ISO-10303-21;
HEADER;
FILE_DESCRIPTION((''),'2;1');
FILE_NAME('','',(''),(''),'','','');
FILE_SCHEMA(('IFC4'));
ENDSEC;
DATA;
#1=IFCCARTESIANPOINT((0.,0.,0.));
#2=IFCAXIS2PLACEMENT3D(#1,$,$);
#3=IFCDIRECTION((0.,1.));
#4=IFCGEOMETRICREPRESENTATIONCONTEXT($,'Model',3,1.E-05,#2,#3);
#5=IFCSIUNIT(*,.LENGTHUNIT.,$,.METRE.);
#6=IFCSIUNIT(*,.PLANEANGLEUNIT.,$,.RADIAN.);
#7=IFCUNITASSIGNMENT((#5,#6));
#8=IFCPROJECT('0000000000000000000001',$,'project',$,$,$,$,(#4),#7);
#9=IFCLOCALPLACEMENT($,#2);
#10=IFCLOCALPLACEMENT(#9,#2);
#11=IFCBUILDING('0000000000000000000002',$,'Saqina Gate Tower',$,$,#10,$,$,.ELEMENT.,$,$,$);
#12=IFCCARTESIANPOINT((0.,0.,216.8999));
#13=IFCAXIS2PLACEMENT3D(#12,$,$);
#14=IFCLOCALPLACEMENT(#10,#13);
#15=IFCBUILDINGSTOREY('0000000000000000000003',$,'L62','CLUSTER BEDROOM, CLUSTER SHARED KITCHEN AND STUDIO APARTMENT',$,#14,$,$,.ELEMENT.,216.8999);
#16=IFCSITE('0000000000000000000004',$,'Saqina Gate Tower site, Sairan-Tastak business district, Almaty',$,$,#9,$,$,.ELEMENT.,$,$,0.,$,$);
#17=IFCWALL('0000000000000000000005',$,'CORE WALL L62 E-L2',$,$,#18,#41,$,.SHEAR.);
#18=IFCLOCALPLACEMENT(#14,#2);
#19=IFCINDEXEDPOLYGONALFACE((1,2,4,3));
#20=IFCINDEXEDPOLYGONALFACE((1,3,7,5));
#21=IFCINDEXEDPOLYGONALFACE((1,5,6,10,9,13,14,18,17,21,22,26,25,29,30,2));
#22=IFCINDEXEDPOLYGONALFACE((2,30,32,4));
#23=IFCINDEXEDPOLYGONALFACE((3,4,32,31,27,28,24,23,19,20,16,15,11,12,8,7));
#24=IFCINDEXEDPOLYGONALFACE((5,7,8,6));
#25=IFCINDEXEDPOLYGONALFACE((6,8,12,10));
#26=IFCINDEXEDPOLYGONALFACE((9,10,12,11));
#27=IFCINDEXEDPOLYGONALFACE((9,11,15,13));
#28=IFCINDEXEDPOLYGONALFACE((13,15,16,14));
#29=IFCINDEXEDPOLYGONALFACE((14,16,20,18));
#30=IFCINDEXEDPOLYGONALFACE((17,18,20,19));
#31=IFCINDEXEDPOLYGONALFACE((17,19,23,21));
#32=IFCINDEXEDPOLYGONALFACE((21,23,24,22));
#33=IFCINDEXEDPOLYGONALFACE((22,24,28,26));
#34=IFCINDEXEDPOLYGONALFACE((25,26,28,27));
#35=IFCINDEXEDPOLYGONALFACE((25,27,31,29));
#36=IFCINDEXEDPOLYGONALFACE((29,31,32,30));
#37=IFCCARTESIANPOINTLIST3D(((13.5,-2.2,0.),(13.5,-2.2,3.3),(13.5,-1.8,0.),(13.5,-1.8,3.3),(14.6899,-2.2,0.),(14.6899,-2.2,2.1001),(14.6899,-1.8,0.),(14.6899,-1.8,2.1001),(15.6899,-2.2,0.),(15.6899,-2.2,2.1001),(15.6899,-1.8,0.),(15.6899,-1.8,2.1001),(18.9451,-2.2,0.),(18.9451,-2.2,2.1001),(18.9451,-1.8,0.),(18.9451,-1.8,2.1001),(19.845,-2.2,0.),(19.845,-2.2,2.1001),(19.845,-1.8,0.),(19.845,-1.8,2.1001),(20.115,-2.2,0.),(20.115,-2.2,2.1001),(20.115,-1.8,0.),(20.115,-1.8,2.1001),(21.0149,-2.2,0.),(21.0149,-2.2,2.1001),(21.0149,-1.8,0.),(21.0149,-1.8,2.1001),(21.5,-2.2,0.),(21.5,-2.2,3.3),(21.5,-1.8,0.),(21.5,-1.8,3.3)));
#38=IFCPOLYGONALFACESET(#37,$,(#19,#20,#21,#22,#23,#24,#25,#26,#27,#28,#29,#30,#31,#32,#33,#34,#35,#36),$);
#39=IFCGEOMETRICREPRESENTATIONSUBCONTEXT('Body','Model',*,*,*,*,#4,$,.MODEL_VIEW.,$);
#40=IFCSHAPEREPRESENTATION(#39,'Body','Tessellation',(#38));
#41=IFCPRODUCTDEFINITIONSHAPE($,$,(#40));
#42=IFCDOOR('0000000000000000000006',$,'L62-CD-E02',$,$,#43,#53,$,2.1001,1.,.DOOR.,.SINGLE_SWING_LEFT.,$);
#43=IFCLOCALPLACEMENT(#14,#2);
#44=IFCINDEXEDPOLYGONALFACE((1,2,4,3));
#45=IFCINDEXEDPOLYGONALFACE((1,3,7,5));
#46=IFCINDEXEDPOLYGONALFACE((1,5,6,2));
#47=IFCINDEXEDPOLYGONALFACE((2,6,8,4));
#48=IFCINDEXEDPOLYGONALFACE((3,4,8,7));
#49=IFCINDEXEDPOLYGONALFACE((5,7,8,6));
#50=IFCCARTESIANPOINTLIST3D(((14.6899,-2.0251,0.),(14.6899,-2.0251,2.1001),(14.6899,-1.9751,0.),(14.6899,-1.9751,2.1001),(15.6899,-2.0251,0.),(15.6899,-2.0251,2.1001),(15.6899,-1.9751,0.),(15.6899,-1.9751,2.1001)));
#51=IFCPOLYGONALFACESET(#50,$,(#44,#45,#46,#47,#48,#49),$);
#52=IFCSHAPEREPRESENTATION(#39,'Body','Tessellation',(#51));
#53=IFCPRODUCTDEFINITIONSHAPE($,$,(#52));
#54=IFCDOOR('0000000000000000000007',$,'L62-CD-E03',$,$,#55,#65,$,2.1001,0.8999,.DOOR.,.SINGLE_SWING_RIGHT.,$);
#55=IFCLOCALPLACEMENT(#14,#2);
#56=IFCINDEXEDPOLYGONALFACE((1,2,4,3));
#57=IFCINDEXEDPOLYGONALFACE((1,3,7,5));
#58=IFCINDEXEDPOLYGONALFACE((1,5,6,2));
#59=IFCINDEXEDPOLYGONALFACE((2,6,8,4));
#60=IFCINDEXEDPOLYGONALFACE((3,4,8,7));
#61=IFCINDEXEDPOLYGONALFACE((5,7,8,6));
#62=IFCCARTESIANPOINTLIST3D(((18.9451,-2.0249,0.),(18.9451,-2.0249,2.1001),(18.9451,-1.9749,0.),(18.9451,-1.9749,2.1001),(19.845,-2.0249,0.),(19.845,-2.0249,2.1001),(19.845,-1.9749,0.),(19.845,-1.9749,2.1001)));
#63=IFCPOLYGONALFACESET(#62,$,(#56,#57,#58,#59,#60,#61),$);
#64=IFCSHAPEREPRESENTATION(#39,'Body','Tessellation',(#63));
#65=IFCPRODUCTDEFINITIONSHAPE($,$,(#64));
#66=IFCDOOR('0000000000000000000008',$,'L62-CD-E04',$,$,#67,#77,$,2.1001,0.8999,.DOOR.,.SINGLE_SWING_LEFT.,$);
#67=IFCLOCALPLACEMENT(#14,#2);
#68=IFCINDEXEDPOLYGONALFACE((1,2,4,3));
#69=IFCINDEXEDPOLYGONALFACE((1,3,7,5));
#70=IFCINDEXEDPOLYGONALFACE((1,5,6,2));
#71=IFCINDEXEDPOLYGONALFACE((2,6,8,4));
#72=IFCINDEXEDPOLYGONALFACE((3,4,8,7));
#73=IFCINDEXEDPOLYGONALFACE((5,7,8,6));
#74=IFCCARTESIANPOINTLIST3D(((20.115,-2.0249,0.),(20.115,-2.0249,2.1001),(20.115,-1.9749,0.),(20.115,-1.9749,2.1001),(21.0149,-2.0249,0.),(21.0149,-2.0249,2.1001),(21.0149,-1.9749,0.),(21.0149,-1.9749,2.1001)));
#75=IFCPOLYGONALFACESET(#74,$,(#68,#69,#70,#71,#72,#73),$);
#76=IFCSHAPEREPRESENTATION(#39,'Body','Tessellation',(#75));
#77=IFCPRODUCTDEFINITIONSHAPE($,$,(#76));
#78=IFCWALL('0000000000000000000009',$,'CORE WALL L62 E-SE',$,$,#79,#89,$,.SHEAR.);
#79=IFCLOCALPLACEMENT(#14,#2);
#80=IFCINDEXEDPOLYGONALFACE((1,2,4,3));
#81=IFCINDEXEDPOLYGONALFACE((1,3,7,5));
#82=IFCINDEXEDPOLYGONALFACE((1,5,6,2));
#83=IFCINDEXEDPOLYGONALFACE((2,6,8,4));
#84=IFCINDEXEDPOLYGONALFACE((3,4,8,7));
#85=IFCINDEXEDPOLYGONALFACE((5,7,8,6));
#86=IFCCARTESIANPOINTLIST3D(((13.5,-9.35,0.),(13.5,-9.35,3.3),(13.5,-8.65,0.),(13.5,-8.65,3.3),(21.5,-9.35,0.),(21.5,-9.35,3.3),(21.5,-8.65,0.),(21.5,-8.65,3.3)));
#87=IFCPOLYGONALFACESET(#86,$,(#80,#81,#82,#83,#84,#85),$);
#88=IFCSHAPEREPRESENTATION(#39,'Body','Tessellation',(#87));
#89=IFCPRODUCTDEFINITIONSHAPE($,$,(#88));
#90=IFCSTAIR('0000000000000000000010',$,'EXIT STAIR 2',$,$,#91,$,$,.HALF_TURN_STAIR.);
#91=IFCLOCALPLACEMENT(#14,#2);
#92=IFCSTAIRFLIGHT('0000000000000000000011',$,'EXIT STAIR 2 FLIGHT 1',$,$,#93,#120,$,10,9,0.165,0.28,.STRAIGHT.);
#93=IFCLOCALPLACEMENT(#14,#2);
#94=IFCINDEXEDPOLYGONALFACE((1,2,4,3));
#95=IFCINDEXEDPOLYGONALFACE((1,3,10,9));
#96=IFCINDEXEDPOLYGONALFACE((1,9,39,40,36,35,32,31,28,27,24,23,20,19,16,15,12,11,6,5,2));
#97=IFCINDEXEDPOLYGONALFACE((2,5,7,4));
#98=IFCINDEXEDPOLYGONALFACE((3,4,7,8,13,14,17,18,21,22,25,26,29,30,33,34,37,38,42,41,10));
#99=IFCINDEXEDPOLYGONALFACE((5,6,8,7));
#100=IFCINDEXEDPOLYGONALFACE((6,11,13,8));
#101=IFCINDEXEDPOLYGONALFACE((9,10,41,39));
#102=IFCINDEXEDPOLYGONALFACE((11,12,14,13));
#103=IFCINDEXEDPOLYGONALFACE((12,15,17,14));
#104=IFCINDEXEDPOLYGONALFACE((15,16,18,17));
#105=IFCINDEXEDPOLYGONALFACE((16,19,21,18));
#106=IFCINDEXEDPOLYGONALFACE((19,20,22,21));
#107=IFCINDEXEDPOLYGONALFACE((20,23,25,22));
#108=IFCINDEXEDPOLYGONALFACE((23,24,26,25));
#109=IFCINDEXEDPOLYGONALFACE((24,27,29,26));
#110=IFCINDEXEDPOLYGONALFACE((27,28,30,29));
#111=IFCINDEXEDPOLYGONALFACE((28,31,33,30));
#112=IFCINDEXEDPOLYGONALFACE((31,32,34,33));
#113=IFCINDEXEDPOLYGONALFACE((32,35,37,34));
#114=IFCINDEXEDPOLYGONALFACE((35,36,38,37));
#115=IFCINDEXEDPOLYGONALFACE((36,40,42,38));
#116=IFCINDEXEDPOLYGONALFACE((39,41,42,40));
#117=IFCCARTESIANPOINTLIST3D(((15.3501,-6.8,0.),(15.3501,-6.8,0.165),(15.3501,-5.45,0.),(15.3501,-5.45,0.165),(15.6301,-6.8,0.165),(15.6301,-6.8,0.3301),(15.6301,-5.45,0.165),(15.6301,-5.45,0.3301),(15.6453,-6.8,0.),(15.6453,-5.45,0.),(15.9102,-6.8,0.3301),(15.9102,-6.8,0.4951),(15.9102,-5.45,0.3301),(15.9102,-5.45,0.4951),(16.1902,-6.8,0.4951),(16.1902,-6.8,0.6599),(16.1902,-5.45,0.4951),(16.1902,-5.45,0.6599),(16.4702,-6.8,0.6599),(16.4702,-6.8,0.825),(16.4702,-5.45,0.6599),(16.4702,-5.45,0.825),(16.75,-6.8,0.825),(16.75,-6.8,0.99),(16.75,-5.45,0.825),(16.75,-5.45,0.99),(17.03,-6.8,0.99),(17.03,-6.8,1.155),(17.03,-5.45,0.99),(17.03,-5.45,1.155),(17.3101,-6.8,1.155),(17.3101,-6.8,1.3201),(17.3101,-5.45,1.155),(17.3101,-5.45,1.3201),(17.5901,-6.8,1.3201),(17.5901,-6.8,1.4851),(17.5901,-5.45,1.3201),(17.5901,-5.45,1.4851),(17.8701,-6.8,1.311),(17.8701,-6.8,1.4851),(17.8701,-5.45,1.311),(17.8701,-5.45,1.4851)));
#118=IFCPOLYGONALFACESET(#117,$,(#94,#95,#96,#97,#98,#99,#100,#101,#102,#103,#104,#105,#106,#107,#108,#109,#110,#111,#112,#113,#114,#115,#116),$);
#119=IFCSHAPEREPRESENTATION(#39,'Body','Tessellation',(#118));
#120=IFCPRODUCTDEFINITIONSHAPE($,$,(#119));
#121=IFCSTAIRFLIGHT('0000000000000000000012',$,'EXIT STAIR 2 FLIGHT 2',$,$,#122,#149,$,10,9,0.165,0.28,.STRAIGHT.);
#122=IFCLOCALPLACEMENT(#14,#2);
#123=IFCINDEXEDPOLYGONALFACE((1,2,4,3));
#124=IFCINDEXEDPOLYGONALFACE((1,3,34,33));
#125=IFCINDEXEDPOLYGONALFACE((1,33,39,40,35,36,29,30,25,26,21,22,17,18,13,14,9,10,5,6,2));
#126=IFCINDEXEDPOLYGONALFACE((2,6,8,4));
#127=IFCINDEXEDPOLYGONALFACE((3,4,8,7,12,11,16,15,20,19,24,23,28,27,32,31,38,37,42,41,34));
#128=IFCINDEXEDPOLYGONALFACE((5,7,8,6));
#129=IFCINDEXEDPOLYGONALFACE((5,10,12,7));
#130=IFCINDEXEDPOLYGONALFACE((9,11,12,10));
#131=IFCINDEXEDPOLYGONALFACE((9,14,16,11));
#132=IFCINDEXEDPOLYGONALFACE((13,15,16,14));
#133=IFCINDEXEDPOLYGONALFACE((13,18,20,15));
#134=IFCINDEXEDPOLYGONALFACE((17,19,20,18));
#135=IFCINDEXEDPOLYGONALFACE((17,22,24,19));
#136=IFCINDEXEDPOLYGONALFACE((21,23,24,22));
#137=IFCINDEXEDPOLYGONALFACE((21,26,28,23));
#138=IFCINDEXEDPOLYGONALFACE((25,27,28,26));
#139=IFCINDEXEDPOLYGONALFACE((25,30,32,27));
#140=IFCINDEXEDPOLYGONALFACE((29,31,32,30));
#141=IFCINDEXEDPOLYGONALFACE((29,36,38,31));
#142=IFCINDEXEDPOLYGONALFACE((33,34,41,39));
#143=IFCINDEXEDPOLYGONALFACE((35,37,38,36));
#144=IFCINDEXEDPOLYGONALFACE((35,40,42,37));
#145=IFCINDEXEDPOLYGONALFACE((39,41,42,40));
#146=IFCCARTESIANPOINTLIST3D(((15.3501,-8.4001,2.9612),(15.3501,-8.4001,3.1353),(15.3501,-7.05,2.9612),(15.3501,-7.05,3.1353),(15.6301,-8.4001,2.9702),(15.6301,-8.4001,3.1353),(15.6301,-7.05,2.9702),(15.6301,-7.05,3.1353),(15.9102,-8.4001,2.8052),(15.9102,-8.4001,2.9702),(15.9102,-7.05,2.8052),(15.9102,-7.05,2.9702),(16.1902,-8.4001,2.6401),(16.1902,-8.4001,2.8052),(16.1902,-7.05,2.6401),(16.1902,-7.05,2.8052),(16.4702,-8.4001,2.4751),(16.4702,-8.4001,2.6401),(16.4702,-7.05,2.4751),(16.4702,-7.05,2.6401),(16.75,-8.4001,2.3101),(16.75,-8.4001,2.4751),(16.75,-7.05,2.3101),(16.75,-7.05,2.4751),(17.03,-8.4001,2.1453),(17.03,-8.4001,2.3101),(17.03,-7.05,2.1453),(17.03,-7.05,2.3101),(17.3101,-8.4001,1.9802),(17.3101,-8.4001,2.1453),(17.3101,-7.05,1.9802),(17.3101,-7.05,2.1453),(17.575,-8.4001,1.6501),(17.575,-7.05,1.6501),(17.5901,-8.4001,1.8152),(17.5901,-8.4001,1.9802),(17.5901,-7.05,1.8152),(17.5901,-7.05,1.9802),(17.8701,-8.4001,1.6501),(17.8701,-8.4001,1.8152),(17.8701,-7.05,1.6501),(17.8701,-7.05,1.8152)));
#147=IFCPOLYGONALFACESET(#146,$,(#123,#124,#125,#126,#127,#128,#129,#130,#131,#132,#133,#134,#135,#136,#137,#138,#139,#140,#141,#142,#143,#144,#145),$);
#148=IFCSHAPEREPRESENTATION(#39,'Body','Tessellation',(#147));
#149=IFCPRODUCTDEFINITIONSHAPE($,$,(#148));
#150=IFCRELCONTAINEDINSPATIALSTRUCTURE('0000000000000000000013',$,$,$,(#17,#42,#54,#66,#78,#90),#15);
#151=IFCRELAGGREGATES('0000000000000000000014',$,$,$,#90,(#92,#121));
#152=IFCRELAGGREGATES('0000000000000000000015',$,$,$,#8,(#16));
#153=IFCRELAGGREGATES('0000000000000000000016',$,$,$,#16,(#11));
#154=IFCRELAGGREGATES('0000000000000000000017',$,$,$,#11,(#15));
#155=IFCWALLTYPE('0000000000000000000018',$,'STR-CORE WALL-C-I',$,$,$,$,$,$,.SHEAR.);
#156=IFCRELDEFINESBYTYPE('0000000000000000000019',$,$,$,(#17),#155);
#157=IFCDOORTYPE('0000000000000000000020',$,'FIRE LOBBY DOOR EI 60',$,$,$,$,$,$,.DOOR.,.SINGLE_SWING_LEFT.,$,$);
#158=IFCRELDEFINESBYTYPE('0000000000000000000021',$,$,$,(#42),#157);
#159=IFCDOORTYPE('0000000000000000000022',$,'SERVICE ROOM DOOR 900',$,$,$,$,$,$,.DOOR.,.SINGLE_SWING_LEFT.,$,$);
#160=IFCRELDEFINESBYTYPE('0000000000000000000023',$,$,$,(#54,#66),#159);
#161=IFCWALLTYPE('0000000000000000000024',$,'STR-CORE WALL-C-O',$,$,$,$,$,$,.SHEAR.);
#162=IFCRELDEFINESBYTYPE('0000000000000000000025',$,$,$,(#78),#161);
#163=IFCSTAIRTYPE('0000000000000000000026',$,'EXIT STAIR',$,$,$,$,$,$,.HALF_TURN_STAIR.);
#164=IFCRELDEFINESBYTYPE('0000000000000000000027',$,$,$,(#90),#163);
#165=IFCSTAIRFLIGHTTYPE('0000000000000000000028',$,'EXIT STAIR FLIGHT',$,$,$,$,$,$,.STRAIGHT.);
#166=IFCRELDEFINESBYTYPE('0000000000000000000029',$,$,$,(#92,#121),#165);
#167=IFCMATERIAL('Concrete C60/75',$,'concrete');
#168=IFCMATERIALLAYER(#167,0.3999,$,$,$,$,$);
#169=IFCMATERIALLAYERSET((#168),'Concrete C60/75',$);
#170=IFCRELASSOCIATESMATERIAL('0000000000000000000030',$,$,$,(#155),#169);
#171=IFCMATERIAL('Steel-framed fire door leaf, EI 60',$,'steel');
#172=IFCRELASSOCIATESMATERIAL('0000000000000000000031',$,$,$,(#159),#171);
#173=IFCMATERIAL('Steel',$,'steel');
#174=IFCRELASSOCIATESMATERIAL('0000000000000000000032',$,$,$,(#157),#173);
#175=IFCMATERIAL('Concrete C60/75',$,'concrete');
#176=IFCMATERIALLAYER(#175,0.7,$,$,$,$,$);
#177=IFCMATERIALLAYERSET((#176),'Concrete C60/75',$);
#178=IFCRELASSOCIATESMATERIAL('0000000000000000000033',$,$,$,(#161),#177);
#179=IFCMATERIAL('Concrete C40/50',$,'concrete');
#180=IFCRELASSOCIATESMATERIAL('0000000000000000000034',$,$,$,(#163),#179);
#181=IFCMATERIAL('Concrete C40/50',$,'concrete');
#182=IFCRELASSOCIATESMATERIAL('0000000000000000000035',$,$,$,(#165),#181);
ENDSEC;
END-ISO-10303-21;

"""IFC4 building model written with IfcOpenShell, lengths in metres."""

from ifc_helpers import new_model, si_unit, direction, frame, frame_2d, origin, place, context, subcontext, project, spatial, polyline, rectangle, outline, extrude, material, layer, layer_set, type_object, element, fill, aggregate, save


model = new_model("IFC4")

# Units and contexts
model_context = context("Model", 3, precision=1e-05, world=origin(), true_north=direction((0.0, 1.0)))
body_context = subcontext(model_context, "Body", "Model", "MODEL_VIEW")
ifc_project = project(units=[si_unit("LENGTHUNIT", "METRE"), si_unit("PLANEANGLEUNIT", "RADIAN")], contexts=[model_context])

# Site, building, storey
site_placement = place(None, origin())
site = spatial("IfcSite", under=ifc_project, at=site_placement, Name="Saqina Gate Tower site, Sairan-Tastak business district, Almaty", CompositionType="ELEMENT", RefElevation=0.0)
building_placement = place(site_placement, origin())
building = spatial("IfcBuilding", under=site, at=building_placement, Name="Saqina Gate Tower", CompositionType="ELEMENT")
storey_placement = place(building_placement, frame((0.0, 0.0, 216.8999)))
storey = spatial("IfcBuildingStorey", under=building, at=storey_placement, Name="L62", Description="CLUSTER BEDROOM, CLUSTER SHARED KITCHEN AND STUDIO APARTMENT", CompositionType="ELEMENT", Elevation=216.8999)

# Wall, openings, doors
ifc_material_1 = material(Name="Concrete C60/75", Category="concrete")
ifc_layer_1 = layer(ifc_material_1, 0.3999)
ifc_layer_set_1 = layer_set([ifc_layer_1], Name="Concrete C60/75")
wall_type_1 = type_object("IfcWallType", Name="STR-CORE WALL-C-I", PredefinedType="SHEAR", material=ifc_layer_set_1)
ifc_material_2 = material(Name="Steel-framed fire door leaf, EI 60", Category="steel")
door_type_1 = type_object("IfcDoorType", Name="SERVICE ROOM DOOR 900", OperationType="SINGLE_SWING_LEFT", PredefinedType="DOOR", material=ifc_material_2)
wall_1_placement = place(storey_placement, frame((13.5, -2.0, 0.0), z_axis=(0.0, 0.0, 1.0), x_axis=(1.0, 0.0, 0.0)))
wall_1 = element("IfcWall", 1, at=wall_1_placement, inside=storey, type_object=wall_type_1, Name="CORE WALL L62 E-L2", PredefinedType="SHEAR", context=body_context, shape_type="SweptSolid", body=[
    extrude(rectangle(XDim=8.0, YDim=0.3999, at=frame_2d((4.0, 0.0))), origin(), (0.0, 0.0, 1.0), 3.3),
])
opening_1_placement = place(wall_1_placement, frame((1.1899, 0.0, 0.0)))
opening_1 = element("IfcOpeningElement", 2, at=opening_1_placement, cuts=wall_1, PredefinedType="OPENING", context=body_context, shape_type="SweptSolid", body=[
    extrude(rectangle(XDim=1.0, YDim=2.1001, at=frame_2d((0.5, 1.05))), frame((0.0, 0.2119, 0.0), z_axis=(0.0, -1.0, 0.0), x_axis=(1.0, 0.0, 0.0)), (0.0, 0.0, 1.0), 0.4238),
])
opening_2_placement = place(wall_1_placement, frame((5.4451, 0.0, 0.0)))
opening_2 = element("IfcOpeningElement", 3, at=opening_2_placement, cuts=wall_1, PredefinedType="OPENING", context=body_context, shape_type="SweptSolid", body=[
    extrude(rectangle(XDim=0.8999, YDim=2.1001, at=frame_2d((0.45, 1.05))), frame((0.0, 0.2119, 0.0), z_axis=(0.0, -1.0, 0.0), x_axis=(1.0, 0.0, 0.0)), (0.0, 0.0, 1.0), 0.4238),
])
opening_3_placement = place(wall_1_placement, frame((6.615, 0.0, 0.0)))
opening_3 = element("IfcOpeningElement", 4, at=opening_3_placement, cuts=wall_1, PredefinedType="OPENING", context=body_context, shape_type="SweptSolid", body=[
    extrude(rectangle(XDim=0.8999, YDim=2.1001, at=frame_2d((0.45, 1.05))), frame((0.0, 0.2119, 0.0), z_axis=(0.0, -1.0, 0.0), x_axis=(1.0, 0.0, 0.0)), (0.0, 0.0, 1.0), 0.4238),
])
ifc_material_3 = material(Name="Steel", Category="steel")
door_type_2 = type_object("IfcDoorType", Name="FIRE LOBBY DOOR EI 60", OperationType="SINGLE_SWING_LEFT", PredefinedType="DOOR", material=ifc_material_3)
door_1_placement = place(opening_1_placement, origin())
door_1 = element("IfcDoor", 5, at=door_1_placement, inside=storey, type_object=door_type_2, Name="L62-CD-E02", OperationType="SINGLE_SWING_LEFT", OverallHeight=2.1001, OverallWidth=1.0, PredefinedType="DOOR", context=body_context, shape_type="SweptSolid", body=[
    extrude(rectangle(XDim=1.0, YDim=2.1001, at=frame_2d((0.5, 1.05))), frame((0.0, 0.0249, 0.0), z_axis=(0.0, -1.0, 0.0), x_axis=(1.0, 0.0, 0.0)), (0.0, 0.0, 1.0), 0.05),
])
fill(opening_1, door_1)
door_2_placement = place(opening_2_placement, frame((0.8999, 0.0, 0.0), z_axis=(0.0, 0.0, 1.0), x_axis=(-1.0, 0.0, 0.0)))
door_2 = element("IfcDoor", 6, at=door_2_placement, inside=storey, type_object=door_type_1, Name="L62-CD-E03", OperationType="SINGLE_SWING_RIGHT", OverallHeight=2.1001, OverallWidth=0.8999, PredefinedType="DOOR", context=body_context, shape_type="SweptSolid", body=[
    extrude(rectangle(XDim=0.8999, YDim=2.1001, at=frame_2d((0.45, 1.05))), frame((0.0, 0.0249, 0.0), z_axis=(0.0, -1.0, 0.0), x_axis=(1.0, 0.0, 0.0)), (0.0, 0.0, 1.0), 0.05),
])
fill(opening_2, door_2)
door_3_placement = place(opening_3_placement, frame((0.8999, 0.0, 0.0), z_axis=(0.0, 0.0, 1.0), x_axis=(-1.0, 0.0, 0.0)))
door_3 = element("IfcDoor", 7, at=door_3_placement, inside=storey, type_object=door_type_1, Name="L62-CD-E04", OperationType="SINGLE_SWING_LEFT", OverallHeight=2.1001, OverallWidth=0.8999, PredefinedType="DOOR", context=body_context, shape_type="SweptSolid", body=[
    extrude(rectangle(XDim=0.8999, YDim=2.1001, at=frame_2d((0.45, 1.05))), frame((0.0, 0.0249, 0.0), z_axis=(0.0, -1.0, 0.0), x_axis=(1.0, 0.0, 0.0)), (0.0, 0.0, 1.0), 0.05),
])
fill(opening_3, door_3)
ifc_material_4 = material(Name="Concrete C60/75", Category="concrete")
ifc_layer_2 = layer(ifc_material_4, 0.7)
ifc_layer_set_2 = layer_set([ifc_layer_2], Name="Concrete C60/75")
wall_type_2 = type_object("IfcWallType", Name="STR-CORE WALL-C-O", PredefinedType="SHEAR", material=ifc_layer_set_2)

# Wall
wall_2_placement = place(storey_placement, frame((13.5, -9.0, 0.0), z_axis=(0.0, 0.0, 1.0), x_axis=(1.0, 0.0, 0.0)))
element("IfcWall", 8, at=wall_2_placement, inside=storey, type_object=wall_type_2, Name="CORE WALL L62 E-SE", PredefinedType="SHEAR", context=body_context, shape_type="SweptSolid", body=[
    extrude(rectangle(XDim=8.0, YDim=0.7, at=frame_2d((4.0, 0.0))), origin(), (0.0, 0.0, 1.0), 3.3),
])

# Stair, stair flights
ifc_material_5 = material(Name="Concrete C40/50", Category="concrete")
stair_type = type_object("IfcStairType", Name="EXIT STAIR", PredefinedType="HALF_TURN_STAIR", material=ifc_material_5)
stair_placement = place(storey_placement, origin())
stair = element("IfcStair", 9, at=stair_placement, inside=storey, type_object=stair_type, Name="EXIT STAIR 2", PredefinedType="HALF_TURN_STAIR")
ifc_material_6 = material(Name="Concrete C40/50", Category="concrete")
stair_flight_type = type_object("IfcStairFlightType", Name="EXIT STAIR FLIGHT", PredefinedType="STRAIGHT", material=ifc_material_6)
stair_flight_1_placement = place(storey_placement, frame((15.3501, -6.125, 0.0), z_axis=(0.0, 0.0, 1.0), x_axis=(1.0, 0.0, 0.0)))
stair_flight_1 = element("IfcStairFlight", 10, at=stair_flight_1_placement, type_object=stair_flight_type, Name="EXIT STAIR 2 FLIGHT 1", NumberOfRisers=10, NumberOfTreads=9, PredefinedType="STRAIGHT", RiserHeight=0.165, TreadLength=0.28, context=body_context, shape_type="SweptSolid", body=[
    extrude(outline(polyline([(0.0, 0.0), (0.0, 0.165), (0.28, 0.165), (0.28, 0.3301), (0.5601, 0.3301), (0.5601, 0.4951), (0.8401, 0.4951), (0.8401, 0.6599), (1.1201, 0.6599), (1.1201, 0.825), (1.3999, 0.825), (1.3999, 0.99), (1.6799, 0.99), (1.6799, 1.155), (1.96, 1.155), (1.96, 1.3201), (2.24, 1.3201), (2.24, 1.4851), (2.52, 1.4851), (2.52, 1.6499), (2.52, 1.311), (0.2952, 0.0), (0.0, 0.0)])), frame((0.0, 0.675, 0.0), z_axis=(0.0, -1.0, 0.0), x_axis=(1.0, 0.0, 0.0)), (0.0, 0.0, 1.0), 1.3501),
])
stair_flight_2_placement = place(storey_placement, frame((17.8701, -7.7251, 1.6501), z_axis=(0.0, 0.0, 1.0), x_axis=(-1.0, 0.0, 0.0)))
stair_flight_2 = element("IfcStairFlight", 11, at=stair_flight_2_placement, type_object=stair_flight_type, Name="EXIT STAIR 2 FLIGHT 2", NumberOfRisers=10, NumberOfTreads=9, PredefinedType="STRAIGHT", RiserHeight=0.165, TreadLength=0.28, context=body_context, shape_type="SweptSolid", body=[
    extrude(outline(polyline([(0.0, 0.0), (0.0, 0.165), (0.28, 0.165), (0.28, 0.3301), (0.5601, 0.3301), (0.5601, 0.4951), (0.8401, 0.4951), (0.8401, 0.6599), (1.1201, 0.6599), (1.1201, 0.825), (1.3999, 0.825), (1.3999, 0.99), (1.6799, 0.99), (1.6799, 1.155), (1.96, 1.155), (1.96, 1.3201), (2.24, 1.3201), (2.24, 1.4851), (2.52, 1.4851), (2.52, 1.6499), (2.52, 1.311), (0.2952, 0.0), (0.0, 0.0)])), frame((0.0, 0.675, 0.0), z_axis=(0.0, -1.0, 0.0), x_axis=(1.0, 0.0, 0.0)), (0.0, 0.0, 1.0), 1.3501),
])
aggregate(stair, [stair_flight_1, stair_flight_2])

save(model, "model.ifc")
